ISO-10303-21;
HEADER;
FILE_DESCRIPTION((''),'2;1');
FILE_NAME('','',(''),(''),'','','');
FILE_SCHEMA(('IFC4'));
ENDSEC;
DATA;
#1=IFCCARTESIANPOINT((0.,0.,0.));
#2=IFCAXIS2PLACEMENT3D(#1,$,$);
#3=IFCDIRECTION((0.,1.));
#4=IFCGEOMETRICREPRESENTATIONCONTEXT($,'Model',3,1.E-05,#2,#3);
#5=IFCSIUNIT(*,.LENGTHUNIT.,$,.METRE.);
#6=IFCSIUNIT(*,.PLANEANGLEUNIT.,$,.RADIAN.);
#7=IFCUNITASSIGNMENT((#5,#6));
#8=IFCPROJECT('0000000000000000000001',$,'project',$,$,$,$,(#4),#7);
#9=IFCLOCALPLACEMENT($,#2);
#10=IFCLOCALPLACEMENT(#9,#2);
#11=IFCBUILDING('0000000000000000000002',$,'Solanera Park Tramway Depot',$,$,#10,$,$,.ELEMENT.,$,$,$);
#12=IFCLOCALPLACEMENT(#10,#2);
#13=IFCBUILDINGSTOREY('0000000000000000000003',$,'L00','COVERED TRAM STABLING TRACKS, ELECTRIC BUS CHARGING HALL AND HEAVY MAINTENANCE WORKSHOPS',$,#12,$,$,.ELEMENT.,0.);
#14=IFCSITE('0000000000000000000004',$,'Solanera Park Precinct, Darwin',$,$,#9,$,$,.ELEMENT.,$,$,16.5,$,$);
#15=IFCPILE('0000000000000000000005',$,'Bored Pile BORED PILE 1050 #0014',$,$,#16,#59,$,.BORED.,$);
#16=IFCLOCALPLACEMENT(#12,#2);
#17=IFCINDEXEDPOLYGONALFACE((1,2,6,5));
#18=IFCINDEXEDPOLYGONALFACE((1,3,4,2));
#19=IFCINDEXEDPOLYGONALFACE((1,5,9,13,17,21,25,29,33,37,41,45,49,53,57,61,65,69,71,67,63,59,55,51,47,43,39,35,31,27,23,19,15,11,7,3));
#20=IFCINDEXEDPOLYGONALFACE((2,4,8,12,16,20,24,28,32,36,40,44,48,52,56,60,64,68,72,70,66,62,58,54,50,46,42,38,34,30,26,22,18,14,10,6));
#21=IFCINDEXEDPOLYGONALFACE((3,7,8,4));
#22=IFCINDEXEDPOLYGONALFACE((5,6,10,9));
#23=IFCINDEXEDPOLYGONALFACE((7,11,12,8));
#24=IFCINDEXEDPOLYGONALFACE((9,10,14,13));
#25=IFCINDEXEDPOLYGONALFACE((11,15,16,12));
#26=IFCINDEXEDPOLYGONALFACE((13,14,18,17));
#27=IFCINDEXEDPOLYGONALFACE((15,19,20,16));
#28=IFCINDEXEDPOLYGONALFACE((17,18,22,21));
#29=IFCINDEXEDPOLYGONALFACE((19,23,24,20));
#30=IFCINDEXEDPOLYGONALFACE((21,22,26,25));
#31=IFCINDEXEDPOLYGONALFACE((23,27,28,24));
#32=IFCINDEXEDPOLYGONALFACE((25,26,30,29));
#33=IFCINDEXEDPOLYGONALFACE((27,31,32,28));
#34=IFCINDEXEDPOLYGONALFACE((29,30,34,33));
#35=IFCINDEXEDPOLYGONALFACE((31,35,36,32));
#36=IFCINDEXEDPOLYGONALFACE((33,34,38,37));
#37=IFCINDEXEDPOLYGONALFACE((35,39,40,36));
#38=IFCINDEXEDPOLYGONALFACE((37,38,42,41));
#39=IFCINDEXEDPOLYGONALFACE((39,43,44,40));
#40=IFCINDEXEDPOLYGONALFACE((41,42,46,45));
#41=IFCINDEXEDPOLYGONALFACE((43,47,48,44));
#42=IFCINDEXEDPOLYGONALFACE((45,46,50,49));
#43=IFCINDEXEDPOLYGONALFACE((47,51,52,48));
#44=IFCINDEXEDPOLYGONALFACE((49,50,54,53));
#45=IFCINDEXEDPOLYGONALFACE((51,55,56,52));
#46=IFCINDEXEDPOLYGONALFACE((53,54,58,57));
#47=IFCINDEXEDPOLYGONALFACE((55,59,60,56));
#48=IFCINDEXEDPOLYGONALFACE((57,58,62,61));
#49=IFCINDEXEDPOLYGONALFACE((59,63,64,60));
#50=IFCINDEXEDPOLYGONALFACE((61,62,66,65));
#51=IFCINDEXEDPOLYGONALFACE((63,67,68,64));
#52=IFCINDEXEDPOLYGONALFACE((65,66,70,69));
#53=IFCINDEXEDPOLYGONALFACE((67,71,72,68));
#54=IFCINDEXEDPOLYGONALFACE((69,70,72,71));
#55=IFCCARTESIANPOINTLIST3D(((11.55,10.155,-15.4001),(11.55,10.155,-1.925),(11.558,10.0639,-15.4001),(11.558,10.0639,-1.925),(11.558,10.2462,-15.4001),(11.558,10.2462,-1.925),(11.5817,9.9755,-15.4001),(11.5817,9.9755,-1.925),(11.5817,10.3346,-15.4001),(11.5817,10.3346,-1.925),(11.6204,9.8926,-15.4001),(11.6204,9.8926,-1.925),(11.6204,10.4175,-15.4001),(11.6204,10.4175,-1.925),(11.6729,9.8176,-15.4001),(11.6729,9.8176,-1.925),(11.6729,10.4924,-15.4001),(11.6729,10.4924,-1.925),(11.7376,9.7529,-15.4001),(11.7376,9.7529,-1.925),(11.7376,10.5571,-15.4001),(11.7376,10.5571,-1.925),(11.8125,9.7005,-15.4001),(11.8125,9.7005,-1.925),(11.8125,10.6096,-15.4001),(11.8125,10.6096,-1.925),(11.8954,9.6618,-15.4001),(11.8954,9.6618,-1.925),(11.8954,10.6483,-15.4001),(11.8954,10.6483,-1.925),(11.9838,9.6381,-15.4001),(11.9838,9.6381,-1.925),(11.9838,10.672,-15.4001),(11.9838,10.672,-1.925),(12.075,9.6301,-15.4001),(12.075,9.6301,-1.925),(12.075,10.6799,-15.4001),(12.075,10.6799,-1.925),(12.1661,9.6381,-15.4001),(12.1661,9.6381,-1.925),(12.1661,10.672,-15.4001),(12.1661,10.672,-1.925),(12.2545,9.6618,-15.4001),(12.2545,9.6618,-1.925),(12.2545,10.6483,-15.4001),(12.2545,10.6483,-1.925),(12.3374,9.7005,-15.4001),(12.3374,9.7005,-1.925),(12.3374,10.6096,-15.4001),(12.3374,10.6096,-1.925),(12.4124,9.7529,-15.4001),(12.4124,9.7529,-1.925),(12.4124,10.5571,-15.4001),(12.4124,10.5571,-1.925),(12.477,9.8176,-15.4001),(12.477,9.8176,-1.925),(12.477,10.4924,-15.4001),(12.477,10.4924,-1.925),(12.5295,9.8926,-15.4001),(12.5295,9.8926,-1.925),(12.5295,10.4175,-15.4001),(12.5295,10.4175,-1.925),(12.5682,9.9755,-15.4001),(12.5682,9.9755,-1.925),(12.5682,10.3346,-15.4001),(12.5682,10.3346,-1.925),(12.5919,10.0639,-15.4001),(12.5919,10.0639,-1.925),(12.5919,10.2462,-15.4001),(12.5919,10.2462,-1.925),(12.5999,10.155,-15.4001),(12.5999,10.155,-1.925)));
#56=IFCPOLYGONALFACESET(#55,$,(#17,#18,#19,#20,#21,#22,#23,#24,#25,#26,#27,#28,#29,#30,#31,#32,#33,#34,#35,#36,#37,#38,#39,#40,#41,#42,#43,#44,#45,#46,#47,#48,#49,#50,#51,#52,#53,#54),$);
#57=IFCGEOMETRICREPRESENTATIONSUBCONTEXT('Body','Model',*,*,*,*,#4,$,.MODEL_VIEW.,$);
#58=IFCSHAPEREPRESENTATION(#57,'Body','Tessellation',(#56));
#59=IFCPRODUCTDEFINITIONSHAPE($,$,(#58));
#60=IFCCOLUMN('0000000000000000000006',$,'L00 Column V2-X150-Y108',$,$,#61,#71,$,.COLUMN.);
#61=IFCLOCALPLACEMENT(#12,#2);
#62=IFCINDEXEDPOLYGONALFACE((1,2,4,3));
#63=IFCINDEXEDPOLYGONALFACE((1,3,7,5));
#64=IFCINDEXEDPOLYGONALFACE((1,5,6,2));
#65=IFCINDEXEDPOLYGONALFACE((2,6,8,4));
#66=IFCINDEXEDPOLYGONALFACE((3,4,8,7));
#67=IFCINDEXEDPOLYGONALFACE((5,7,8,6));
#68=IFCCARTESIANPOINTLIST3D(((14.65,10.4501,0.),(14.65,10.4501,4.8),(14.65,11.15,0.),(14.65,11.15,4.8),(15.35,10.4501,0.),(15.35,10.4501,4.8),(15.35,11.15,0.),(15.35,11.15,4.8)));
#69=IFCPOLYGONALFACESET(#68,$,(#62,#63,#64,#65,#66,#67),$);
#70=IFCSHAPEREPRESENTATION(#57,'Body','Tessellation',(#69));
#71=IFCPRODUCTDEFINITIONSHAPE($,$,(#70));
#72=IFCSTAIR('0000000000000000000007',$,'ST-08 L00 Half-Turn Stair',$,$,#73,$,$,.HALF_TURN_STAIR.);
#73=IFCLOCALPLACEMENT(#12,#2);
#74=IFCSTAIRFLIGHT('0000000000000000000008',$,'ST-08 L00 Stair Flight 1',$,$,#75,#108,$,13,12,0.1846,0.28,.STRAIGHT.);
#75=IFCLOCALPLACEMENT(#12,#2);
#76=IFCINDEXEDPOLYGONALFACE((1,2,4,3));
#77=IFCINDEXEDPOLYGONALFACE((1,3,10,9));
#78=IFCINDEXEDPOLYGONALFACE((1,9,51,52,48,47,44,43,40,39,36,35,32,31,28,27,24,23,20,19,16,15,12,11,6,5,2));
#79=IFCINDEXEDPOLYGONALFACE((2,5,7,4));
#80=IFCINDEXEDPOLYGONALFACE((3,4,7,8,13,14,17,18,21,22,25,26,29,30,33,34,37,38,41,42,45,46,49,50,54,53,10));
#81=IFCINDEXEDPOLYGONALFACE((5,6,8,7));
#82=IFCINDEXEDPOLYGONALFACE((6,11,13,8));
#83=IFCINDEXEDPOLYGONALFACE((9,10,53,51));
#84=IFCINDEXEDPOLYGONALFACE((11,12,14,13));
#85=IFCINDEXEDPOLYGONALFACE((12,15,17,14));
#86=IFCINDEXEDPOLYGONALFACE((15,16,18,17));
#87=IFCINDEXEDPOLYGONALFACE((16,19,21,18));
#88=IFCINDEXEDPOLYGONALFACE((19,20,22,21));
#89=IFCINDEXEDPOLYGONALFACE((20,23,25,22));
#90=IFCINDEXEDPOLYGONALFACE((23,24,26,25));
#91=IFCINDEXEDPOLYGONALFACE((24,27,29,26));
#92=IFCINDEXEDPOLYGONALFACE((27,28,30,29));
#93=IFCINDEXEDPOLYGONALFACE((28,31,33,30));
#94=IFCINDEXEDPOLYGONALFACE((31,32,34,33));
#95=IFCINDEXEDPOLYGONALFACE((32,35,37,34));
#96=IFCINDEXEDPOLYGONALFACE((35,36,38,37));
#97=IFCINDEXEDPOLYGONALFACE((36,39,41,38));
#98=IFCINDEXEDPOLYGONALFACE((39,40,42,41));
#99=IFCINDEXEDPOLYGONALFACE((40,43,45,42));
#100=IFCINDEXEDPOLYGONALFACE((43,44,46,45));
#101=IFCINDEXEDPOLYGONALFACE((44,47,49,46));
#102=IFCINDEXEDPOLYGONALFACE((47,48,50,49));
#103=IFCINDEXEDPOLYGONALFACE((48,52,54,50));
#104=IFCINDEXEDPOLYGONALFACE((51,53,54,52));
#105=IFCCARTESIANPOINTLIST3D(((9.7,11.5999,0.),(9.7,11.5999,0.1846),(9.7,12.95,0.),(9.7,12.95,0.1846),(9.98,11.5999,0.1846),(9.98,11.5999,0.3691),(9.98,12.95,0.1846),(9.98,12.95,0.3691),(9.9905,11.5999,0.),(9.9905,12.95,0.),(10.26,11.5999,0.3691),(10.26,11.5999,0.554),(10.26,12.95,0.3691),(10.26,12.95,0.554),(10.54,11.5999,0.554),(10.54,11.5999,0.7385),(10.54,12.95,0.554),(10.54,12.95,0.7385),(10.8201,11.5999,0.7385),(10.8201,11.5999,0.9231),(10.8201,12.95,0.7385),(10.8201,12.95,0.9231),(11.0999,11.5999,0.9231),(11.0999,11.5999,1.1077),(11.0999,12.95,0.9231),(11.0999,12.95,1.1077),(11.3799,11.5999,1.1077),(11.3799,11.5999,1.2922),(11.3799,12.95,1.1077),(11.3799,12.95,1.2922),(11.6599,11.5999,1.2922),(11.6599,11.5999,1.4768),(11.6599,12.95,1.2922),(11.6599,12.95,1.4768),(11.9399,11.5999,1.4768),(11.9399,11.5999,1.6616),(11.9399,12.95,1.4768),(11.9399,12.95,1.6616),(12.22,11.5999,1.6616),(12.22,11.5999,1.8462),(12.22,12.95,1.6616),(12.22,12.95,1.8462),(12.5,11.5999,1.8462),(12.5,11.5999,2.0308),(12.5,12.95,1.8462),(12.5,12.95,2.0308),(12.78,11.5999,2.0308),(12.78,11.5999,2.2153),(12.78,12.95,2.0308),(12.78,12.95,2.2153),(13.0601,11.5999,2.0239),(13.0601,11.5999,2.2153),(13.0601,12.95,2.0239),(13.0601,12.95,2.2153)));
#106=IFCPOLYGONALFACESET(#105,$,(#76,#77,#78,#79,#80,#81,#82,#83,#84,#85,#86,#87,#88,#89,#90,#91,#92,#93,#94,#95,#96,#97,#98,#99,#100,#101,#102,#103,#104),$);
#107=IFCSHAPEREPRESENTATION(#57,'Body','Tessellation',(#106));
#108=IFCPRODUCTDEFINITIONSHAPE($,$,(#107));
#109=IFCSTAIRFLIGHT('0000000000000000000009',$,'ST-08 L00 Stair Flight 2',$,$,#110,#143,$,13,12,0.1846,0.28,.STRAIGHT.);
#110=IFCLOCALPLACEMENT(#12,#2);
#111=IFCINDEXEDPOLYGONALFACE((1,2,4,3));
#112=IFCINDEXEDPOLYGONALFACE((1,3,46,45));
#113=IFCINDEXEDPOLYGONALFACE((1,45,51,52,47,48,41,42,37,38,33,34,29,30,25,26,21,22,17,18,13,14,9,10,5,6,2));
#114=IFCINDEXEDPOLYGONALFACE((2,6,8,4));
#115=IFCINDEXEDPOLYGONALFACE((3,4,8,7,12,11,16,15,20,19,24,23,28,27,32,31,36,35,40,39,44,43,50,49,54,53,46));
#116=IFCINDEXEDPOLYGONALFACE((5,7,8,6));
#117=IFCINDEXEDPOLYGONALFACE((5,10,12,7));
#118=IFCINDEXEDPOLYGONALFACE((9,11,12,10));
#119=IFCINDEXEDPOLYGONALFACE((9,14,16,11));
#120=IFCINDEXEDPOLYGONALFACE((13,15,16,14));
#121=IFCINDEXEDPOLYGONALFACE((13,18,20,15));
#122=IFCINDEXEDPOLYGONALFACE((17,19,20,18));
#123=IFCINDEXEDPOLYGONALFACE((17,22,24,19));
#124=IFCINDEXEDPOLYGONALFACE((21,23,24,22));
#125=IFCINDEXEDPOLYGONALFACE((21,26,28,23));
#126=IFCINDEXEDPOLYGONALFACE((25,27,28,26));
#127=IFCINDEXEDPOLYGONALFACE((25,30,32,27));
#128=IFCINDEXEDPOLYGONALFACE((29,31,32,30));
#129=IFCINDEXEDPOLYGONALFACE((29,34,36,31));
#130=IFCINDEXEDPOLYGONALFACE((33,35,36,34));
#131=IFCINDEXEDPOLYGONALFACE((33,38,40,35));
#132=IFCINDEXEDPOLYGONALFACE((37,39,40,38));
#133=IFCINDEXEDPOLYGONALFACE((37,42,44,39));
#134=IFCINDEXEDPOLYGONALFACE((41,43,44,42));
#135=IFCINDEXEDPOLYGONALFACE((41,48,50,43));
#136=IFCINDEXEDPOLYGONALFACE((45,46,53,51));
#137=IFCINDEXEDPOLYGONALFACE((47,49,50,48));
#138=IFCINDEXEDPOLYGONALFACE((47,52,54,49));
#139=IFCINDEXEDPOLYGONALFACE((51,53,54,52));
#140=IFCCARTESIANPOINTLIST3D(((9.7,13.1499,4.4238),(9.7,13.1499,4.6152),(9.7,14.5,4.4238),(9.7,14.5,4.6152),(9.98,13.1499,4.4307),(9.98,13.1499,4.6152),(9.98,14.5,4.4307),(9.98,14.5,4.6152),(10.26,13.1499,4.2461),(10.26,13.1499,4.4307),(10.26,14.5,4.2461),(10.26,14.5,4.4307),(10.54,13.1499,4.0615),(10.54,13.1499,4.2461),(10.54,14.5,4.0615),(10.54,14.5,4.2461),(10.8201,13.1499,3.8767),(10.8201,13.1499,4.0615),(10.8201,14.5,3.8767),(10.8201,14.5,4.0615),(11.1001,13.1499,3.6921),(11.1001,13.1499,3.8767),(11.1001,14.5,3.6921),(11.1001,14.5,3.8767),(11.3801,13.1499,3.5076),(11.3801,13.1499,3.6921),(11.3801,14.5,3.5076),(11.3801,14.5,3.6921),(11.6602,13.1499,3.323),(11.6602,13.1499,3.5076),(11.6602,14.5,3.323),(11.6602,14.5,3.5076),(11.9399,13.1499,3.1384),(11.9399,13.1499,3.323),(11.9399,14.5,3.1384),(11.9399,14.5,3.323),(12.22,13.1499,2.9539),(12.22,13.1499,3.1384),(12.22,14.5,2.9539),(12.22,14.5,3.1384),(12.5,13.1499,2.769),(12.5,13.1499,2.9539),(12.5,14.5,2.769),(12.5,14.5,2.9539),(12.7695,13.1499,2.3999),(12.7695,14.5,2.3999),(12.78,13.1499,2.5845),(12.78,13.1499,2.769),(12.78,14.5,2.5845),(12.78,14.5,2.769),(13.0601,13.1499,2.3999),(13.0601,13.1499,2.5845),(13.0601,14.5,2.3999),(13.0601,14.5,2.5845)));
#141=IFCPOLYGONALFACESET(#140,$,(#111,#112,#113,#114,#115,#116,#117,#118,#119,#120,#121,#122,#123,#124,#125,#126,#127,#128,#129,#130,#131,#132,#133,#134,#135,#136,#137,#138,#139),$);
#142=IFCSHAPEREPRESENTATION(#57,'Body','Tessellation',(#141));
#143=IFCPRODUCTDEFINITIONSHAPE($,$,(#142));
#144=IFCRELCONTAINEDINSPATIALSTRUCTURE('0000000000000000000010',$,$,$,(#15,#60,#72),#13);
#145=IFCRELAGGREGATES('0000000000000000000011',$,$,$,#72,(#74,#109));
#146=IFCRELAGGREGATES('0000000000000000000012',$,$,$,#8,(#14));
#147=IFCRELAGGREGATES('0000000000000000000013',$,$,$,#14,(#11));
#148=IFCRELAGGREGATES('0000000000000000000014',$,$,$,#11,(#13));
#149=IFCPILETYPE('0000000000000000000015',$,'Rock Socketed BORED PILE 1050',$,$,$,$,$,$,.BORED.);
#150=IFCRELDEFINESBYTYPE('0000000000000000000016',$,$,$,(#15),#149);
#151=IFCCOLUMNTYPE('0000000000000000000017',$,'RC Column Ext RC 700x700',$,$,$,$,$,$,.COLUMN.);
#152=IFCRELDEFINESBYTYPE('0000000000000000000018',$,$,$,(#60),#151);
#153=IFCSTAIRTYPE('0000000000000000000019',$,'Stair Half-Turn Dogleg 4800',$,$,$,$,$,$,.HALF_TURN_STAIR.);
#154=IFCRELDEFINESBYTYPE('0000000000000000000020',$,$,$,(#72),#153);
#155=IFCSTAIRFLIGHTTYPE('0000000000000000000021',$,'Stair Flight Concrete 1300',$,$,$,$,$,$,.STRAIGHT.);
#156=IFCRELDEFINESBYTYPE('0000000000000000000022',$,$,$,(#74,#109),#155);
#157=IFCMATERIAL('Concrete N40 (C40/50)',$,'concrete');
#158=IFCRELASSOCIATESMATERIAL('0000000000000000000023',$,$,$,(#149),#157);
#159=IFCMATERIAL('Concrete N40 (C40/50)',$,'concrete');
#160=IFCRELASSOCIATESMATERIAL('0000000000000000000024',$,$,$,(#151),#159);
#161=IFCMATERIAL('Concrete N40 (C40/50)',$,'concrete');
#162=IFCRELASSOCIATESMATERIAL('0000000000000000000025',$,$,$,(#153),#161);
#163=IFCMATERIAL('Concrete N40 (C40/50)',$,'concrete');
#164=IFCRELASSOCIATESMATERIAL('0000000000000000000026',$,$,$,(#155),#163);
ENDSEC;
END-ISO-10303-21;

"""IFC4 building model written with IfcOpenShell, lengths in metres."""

from ifc_helpers import new_model, si_unit, direction, frame, origin, origin_2d, place, context, subcontext, project, spatial, polyline, rectangle, circle, outline, extrude, material, material_profile, profile_set, type_object, element, aggregate, save


model = new_model("IFC4")

# Units and contexts
model_context = context("Model", 3, precision=1e-05, world=origin(), true_north=direction((0.0, 1.0)))
body_context = subcontext(model_context, "Body", "Model", "MODEL_VIEW")
ifc_project = project(units=[si_unit("LENGTHUNIT", "METRE"), si_unit("PLANEANGLEUNIT", "RADIAN")], contexts=[model_context])

# Site, building, storey
site_placement = place(None, origin())
site = spatial("IfcSite", under=ifc_project, at=site_placement, Name="Solanera Park Precinct, Darwin", CompositionType="ELEMENT", RefElevation=16.5)
building_placement = place(site_placement, origin())
building = spatial("IfcBuilding", under=site, at=building_placement, Name="Solanera Park Tramway Depot", CompositionType="ELEMENT")
storey_placement = place(building_placement, origin())
storey = spatial("IfcBuildingStorey", under=building, at=storey_placement, Name="L00", Description="COVERED TRAM STABLING TRACKS, ELECTRIC BUS CHARGING HALL AND HEAVY MAINTENANCE WORKSHOPS", CompositionType="ELEMENT", Elevation=0.0)

# Pile
ifc_material_1 = material(Name="Concrete N40 (C40/50)", Category="concrete")
ifc_material_profile_1 = material_profile(ifc_material_1, circle(Radius=0.5249, at=origin_2d()), Name="BORED PILE 1050")
ifc_profile_set_1 = profile_set([ifc_material_profile_1], Name="Concrete N40 (C40/50)")
pile_type = type_object("IfcPileType", Name="Rock Socketed BORED PILE 1050", PredefinedType="BORED", material=ifc_profile_set_1)
pile_placement = place(storey_placement, frame((12.075, 10.155, -1.925), z_axis=(0.0, 0.0, -1.0), x_axis=(1.0, 0.0, 0.0)))
element("IfcPile", 1, at=pile_placement, inside=storey, type_object=pile_type, Name="Bored Pile BORED PILE 1050 #0014", PredefinedType="BORED", context=body_context, shape_type="SweptSolid", body=[
    extrude(circle(Radius=0.5249, at=origin_2d()), origin(), (0.0, 0.0, 1.0), 13.4751),
])

# Column
ifc_material_2 = material(Name="Concrete N40 (C40/50)", Category="concrete")
ifc_material_profile_2 = material_profile(ifc_material_2, rectangle(XDim=0.7, YDim=0.7, at=origin_2d()), Name="RC 700x700")
ifc_profile_set_2 = profile_set([ifc_material_profile_2], Name="Concrete N40 (C40/50)")
column_type = type_object("IfcColumnType", Name="RC Column Ext RC 700x700", PredefinedType="COLUMN", material=ifc_profile_set_2)
column_placement = place(storey_placement, frame((15.0, 10.8, 0.0), z_axis=(0.0, 0.0, 1.0), x_axis=(1.0, 0.0, 0.0)))
element("IfcColumn", 2, at=column_placement, inside=storey, type_object=column_type, Name="L00 Column V2-X150-Y108", PredefinedType="COLUMN", context=body_context, shape_type="SweptSolid", body=[
    extrude(rectangle(XDim=0.7, YDim=0.7, at=origin_2d()), origin(), (0.0, 0.0, 1.0), 4.8),
])

# Stair, stair flights
ifc_material_3 = material(Name="Concrete N40 (C40/50)", Category="concrete")
stair_type = type_object("IfcStairType", Name="Stair Half-Turn Dogleg 4800", PredefinedType="HALF_TURN_STAIR", material=ifc_material_3)
stair_placement = place(storey_placement, origin())
stair = element("IfcStair", 3, at=stair_placement, inside=storey, type_object=stair_type, Name="ST-08 L00 Half-Turn Stair", PredefinedType="HALF_TURN_STAIR")
ifc_material_4 = material(Name="Concrete N40 (C40/50)", Category="concrete")
stair_flight_type = type_object("IfcStairFlightType", Name="Stair Flight Concrete 1300", PredefinedType="STRAIGHT", material=ifc_material_4)
stair_flight_1_placement = place(storey_placement, frame((9.7, 12.2749, 0.0), z_axis=(0.0, 0.0, 1.0), x_axis=(1.0, 0.0, 0.0)))
stair_flight_1 = element("IfcStairFlight", 4, at=stair_flight_1_placement, type_object=stair_flight_type, Name="ST-08 L00 Stair Flight 1", NumberOfRisers=13, NumberOfTreads=12, PredefinedType="STRAIGHT", RiserHeight=0.1846, TreadLength=0.28, context=body_context, shape_type="SweptSolid", body=[
    extrude(outline(polyline([(0.0, 0.0), (0.0, 0.1846), (0.28, 0.1846), (0.28, 0.3691), (0.5601, 0.3691), (0.5601, 0.554), (0.8401, 0.554), (0.8401, 0.7385), (1.1201, 0.7385), (1.1201, 0.9231), (1.3999, 0.9231), (1.3999, 1.1077), (1.6799, 1.1077), (1.6799, 1.2922), (1.96, 1.2922), (1.96, 1.4768), (2.24, 1.4768), (2.24, 1.6616), (2.52, 1.6616), (2.52, 1.8462), (2.8, 1.8462), (2.8, 2.0308), (3.0801, 2.0308), (3.0801, 2.2153), (3.3601, 2.2153), (3.3601, 2.3999), (3.3601, 2.0239), (0.2905, 0.0), (0.0, 0.0)])), frame((0.0, 0.675, 0.0), z_axis=(0.0, -1.0, 0.0), x_axis=(1.0, 0.0, 0.0)), (0.0, 0.0, 1.0), 1.3501),
])
stair_flight_2_placement = place(storey_placement, frame((13.0601, 13.825, 2.3999), z_axis=(0.0, 0.0, 1.0), x_axis=(-1.0, 0.0, 0.0)))
stair_flight_2 = element("IfcStairFlight", 5, at=stair_flight_2_placement, type_object=stair_flight_type, Name="ST-08 L00 Stair Flight 2", NumberOfRisers=13, NumberOfTreads=12, PredefinedType="STRAIGHT", RiserHeight=0.1846, TreadLength=0.28, context=body_context, shape_type="SweptSolid", body=[
    extrude(outline(polyline([(0.0, 0.0), (0.0, 0.1846), (0.28, 0.1846), (0.28, 0.3691), (0.5601, 0.3691), (0.5601, 0.554), (0.8401, 0.554), (0.8401, 0.7385), (1.1201, 0.7385), (1.1201, 0.9231), (1.3999, 0.9231), (1.3999, 1.1077), (1.6799, 1.1077), (1.6799, 1.2922), (1.96, 1.2922), (1.96, 1.4768), (2.24, 1.4768), (2.24, 1.6616), (2.52, 1.6616), (2.52, 1.8462), (2.8, 1.8462), (2.8, 2.0308), (3.0801, 2.0308), (3.0801, 2.2153), (3.3601, 2.2153), (3.3601, 2.3999), (3.3601, 2.0239), (0.2905, 0.0), (0.0, 0.0)])), frame((0.0, 0.675, 0.0), z_axis=(0.0, -1.0, 0.0), x_axis=(1.0, 0.0, 0.0)), (0.0, 0.0, 1.0), 1.3501),
])
aggregate(stair, [stair_flight_1, stair_flight_2])

save(model, "model.ifc")
